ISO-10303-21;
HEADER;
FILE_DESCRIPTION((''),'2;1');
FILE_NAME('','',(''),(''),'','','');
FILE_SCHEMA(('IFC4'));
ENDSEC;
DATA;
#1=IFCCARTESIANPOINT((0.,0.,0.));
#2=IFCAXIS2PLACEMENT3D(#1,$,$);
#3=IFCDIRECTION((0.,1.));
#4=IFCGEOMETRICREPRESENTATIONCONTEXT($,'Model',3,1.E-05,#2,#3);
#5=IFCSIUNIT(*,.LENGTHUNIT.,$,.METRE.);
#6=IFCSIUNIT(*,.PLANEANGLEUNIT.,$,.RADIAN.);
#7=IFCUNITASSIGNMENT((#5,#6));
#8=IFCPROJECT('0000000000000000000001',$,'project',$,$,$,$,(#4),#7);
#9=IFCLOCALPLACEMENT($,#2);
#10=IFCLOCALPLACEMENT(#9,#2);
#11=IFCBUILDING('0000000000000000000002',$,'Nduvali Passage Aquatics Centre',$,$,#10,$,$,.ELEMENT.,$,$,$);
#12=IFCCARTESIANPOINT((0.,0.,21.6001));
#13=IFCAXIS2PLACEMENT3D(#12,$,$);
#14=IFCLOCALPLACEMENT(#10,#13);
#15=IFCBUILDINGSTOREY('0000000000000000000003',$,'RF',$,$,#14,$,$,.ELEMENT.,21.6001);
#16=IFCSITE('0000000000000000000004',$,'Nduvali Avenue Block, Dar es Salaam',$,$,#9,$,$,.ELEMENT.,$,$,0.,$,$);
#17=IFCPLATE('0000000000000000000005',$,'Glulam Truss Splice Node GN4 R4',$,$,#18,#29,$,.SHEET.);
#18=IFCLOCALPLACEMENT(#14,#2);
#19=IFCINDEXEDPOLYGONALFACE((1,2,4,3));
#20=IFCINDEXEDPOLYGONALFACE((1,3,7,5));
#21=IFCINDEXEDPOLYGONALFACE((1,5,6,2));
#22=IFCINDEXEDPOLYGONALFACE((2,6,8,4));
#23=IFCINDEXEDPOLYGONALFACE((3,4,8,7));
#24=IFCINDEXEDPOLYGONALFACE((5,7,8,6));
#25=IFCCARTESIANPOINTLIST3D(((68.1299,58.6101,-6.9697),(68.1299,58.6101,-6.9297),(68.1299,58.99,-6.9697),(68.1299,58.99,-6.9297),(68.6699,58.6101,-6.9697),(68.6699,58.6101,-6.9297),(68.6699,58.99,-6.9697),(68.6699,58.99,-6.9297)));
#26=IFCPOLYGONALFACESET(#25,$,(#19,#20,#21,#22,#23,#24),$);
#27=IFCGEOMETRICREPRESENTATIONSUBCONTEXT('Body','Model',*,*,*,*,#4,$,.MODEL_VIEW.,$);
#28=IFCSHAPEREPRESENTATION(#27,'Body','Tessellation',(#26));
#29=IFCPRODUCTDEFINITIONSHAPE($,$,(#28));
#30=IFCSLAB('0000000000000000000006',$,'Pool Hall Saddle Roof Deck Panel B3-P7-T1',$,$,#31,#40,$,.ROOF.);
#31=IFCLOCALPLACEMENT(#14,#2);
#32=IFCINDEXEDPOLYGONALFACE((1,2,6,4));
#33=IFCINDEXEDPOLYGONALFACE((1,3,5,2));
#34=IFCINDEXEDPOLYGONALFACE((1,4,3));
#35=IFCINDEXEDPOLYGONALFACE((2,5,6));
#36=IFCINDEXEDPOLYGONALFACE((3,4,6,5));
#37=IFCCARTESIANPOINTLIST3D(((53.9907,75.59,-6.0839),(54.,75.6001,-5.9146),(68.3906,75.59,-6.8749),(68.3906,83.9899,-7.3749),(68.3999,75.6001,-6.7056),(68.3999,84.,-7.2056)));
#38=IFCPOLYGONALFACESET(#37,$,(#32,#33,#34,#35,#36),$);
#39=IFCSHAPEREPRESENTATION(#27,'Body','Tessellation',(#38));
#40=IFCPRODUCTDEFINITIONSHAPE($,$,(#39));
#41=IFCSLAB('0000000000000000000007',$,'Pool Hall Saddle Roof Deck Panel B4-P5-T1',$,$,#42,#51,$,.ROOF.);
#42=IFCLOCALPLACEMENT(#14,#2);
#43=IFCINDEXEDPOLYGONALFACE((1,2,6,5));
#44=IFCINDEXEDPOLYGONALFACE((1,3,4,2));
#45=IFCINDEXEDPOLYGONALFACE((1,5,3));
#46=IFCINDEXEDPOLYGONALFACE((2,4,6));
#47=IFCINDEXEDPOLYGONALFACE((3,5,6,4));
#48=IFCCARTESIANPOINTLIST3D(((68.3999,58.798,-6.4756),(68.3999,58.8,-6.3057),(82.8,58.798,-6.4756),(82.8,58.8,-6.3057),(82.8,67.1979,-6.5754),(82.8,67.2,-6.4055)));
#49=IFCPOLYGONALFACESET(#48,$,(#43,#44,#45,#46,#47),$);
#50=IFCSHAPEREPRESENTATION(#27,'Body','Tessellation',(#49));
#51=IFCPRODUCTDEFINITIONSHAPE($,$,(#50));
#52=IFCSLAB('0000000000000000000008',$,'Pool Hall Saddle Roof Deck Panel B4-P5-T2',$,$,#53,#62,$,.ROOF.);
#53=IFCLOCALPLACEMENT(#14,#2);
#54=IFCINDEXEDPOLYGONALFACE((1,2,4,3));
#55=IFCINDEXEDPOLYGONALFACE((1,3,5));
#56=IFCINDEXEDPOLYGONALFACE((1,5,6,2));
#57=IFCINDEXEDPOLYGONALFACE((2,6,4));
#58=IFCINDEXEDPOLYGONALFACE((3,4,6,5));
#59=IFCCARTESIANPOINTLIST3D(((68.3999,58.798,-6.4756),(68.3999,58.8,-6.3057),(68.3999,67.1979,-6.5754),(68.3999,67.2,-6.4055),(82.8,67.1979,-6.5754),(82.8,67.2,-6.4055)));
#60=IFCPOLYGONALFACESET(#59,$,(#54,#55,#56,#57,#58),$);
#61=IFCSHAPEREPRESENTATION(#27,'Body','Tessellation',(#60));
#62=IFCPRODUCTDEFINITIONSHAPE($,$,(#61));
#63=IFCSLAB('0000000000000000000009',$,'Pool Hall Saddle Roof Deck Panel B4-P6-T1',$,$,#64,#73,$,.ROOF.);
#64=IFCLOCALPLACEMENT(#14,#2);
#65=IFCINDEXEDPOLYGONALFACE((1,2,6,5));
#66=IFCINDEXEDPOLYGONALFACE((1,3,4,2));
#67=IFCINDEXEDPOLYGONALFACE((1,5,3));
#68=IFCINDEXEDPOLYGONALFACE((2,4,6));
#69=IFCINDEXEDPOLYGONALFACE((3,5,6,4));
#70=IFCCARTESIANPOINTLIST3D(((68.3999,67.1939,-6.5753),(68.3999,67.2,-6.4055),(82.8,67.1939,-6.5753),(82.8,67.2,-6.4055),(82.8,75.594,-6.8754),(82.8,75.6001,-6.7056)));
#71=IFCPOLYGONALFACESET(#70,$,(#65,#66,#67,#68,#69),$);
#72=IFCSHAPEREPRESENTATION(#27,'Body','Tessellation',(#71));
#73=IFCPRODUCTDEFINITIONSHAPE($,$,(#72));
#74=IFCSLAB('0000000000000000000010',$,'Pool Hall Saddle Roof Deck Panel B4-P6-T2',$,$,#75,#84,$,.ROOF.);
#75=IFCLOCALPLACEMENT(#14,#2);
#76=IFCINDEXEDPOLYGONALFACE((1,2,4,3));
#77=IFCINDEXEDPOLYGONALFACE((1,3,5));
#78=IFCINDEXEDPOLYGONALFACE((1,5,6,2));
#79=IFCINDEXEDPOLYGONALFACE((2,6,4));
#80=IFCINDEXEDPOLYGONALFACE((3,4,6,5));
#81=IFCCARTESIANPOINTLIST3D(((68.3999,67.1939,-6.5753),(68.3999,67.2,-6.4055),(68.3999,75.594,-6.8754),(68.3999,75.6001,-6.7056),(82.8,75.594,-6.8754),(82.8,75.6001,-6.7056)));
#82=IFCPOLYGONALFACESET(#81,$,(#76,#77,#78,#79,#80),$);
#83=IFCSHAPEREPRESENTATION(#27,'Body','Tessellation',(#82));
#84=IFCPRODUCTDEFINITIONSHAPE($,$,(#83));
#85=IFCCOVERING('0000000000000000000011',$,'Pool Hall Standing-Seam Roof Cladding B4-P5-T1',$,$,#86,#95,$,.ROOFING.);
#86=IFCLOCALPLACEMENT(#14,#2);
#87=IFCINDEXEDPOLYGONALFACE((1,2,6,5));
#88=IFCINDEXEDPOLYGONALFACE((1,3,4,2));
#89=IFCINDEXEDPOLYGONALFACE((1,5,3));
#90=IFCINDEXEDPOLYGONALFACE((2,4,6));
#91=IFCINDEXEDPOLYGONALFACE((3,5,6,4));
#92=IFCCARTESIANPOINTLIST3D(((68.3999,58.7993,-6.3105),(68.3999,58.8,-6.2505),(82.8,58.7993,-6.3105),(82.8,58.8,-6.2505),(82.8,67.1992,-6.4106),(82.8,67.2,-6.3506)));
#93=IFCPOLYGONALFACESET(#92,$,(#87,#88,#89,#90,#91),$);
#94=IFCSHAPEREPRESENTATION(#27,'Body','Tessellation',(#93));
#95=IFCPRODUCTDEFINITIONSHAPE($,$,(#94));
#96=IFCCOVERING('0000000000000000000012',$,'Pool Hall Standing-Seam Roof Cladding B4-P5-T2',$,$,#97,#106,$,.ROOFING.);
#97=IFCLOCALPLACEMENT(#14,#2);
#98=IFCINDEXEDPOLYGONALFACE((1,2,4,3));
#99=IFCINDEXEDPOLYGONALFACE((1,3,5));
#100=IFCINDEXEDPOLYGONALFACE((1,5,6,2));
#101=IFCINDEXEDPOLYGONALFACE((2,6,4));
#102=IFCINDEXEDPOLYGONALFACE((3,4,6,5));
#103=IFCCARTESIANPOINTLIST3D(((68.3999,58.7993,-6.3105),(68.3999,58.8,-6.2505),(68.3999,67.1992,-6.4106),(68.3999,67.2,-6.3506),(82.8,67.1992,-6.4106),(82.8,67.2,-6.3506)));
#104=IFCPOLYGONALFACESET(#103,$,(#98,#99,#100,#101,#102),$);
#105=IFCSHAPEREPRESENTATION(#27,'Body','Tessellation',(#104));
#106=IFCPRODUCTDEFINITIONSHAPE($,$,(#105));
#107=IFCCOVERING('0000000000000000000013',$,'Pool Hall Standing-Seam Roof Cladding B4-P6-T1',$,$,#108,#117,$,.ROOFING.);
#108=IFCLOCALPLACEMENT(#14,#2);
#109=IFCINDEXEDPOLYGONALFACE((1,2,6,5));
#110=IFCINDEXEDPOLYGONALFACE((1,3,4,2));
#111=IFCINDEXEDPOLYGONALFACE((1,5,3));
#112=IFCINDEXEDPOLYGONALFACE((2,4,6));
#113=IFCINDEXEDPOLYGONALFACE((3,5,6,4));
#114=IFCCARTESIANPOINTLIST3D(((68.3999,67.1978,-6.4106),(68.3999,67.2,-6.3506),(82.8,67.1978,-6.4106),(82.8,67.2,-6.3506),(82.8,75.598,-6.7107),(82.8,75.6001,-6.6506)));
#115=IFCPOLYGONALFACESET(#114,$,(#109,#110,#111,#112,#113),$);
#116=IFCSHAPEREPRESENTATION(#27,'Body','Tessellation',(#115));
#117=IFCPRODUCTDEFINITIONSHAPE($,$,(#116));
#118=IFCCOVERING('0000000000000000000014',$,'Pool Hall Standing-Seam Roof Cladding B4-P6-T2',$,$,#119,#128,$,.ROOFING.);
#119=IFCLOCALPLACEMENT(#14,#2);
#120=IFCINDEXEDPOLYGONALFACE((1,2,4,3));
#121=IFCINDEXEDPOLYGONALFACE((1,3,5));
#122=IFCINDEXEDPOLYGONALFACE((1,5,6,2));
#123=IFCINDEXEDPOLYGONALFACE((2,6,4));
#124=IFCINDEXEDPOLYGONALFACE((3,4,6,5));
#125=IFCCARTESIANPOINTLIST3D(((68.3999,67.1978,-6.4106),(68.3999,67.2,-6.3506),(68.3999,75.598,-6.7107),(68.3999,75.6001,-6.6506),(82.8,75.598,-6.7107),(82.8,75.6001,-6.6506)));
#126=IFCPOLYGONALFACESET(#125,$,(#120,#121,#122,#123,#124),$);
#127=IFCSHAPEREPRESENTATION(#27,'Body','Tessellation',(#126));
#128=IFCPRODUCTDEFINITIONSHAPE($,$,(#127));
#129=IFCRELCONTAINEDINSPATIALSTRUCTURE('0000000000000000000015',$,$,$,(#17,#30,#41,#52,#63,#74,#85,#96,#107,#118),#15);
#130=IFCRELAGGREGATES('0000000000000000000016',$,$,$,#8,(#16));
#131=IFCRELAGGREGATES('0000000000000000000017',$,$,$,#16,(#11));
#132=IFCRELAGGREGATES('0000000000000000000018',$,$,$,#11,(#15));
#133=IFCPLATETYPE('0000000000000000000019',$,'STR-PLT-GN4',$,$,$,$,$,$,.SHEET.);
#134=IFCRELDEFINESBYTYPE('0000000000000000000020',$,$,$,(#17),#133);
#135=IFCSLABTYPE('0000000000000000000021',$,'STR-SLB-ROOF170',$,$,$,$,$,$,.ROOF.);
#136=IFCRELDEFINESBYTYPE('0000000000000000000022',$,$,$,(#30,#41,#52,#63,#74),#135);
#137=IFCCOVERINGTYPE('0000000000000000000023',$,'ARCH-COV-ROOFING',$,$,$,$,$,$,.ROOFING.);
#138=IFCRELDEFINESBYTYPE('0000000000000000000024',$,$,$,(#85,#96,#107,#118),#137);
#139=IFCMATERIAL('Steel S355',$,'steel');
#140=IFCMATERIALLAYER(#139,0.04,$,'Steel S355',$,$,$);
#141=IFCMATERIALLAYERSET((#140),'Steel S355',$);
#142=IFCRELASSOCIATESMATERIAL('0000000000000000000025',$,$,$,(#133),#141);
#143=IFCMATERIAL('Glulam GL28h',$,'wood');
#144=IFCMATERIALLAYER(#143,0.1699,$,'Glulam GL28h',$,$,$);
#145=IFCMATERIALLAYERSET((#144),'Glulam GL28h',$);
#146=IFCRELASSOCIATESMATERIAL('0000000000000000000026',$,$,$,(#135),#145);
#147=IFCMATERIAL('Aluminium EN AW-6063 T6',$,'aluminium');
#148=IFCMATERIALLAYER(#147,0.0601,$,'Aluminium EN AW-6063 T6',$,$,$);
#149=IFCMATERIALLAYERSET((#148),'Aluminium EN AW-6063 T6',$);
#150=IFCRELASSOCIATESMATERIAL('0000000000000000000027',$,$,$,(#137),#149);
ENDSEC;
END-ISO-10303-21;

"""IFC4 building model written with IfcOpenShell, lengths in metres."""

from ifc_helpers import new_model, si_unit, direction, frame, origin, origin_2d, place, context, subcontext, project, spatial, polyline, rectangle, outline, extrude, material, layer, layer_set, type_object, element, save


model = new_model("IFC4")

# Units and contexts
model_context = context("Model", 3, precision=1e-05, world=origin(), true_north=direction((0.0, 1.0)))
body_context = subcontext(model_context, "Body", "Model", "MODEL_VIEW")
ifc_project = project(units=[si_unit("LENGTHUNIT", "METRE"), si_unit("PLANEANGLEUNIT", "RADIAN")], contexts=[model_context])

# Site, building, storey
site_placement = place(None, origin())
site = spatial("IfcSite", under=ifc_project, at=site_placement, Name="Nduvali Avenue Block, Dar es Salaam", CompositionType="ELEMENT", RefElevation=0.0)
building_placement = place(site_placement, origin())
building = spatial("IfcBuilding", under=site, at=building_placement, Name="Nduvali Passage Aquatics Centre", CompositionType="ELEMENT")
storey_placement = place(building_placement, frame((0.0, 0.0, 21.6001)))
storey = spatial("IfcBuildingStorey", under=building, at=storey_placement, Name="RF", CompositionType="ELEMENT", Elevation=21.6001)

# Shared definitions
ifc_material_1 = material(Name="Steel S355", Category="steel")
ifc_material_2 = material(Name="Glulam GL28h", Category="wood")

# Plate
ifc_layer_1 = layer(ifc_material_1, 0.04, Name="Steel S355")
ifc_layer_set_1 = layer_set([ifc_layer_1], Name="Steel S355")
plate_type_1 = type_object("IfcPlateType", Name="STR-PLT-GN4", PredefinedType="SHEET", material=ifc_layer_set_1)
plate_placement = place(storey_placement, frame((68.3999, 58.8, -6.9697), z_axis=(0.0, 0.0, 1.0), x_axis=(1.0, 0.0, 0.0)))
element("IfcPlate", 1, at=plate_placement, inside=storey, type_object=plate_type_1, Name="Glulam Truss Splice Node GN4 R4", PredefinedType="SHEET", context=body_context, shape_type="SweptSolid", body=[
    extrude(rectangle(XDim=0.54, YDim=0.3799, at=origin_2d()), origin(), (0.0, 0.0, 1.0), 0.04),
])

# Slabs
ifc_layer_2 = layer(ifc_material_2, 0.1699, Name="Glulam GL28h")
ifc_layer_set_2 = layer_set([ifc_layer_2], Name="Glulam GL28h")
slab_type = type_object("IfcSlabType", Name="STR-SLB-ROOF170", PredefinedType="ROOF", material=ifc_layer_set_2)
slab_1_placement = place(storey_placement, frame((54.0, 75.6001, -5.9146), z_axis=(0.054753, 0.05933, 0.996736), x_axis=(0.998495, 0.0, -0.054849)))
element("IfcSlab", 2, at=slab_1_placement, inside=storey, type_object=slab_type, Name="Pool Hall Saddle Roof Deck Panel B3-P7-T1", PredefinedType="ROOF", context=body_context, shape_type="SweptSolid", body=[
    extrude(outline(polyline([(0.0, 0.0), (14.4216, 0.0), (14.449, 8.4147), (0.0, 0.0)])), origin(), (0.0, 0.0, -1.0), 0.1699),
])
slab_2_placement = place(storey_placement, frame((68.3999, 58.8, -6.3057), z_axis=(0.0, 0.011887, 0.999929), x_axis=(1.0, 0.0, 0.0)))
element("IfcSlab", 3, at=slab_2_placement, inside=storey, type_object=slab_type, Name="Pool Hall Saddle Roof Deck Panel B4-P5-T1", PredefinedType="ROOF", context=body_context, shape_type="SweptSolid", body=[
    extrude(outline(polyline([(0.0, 0.0), (14.4001, 0.0), (14.4001, 8.4005), (0.0, 0.0)])), origin(), (0.0, 0.0, -1.0), 0.1699),
])
slab_3_placement = place(storey_placement, frame((68.3999, 58.8, -6.3057), z_axis=(0.0, 0.011887, 0.999929), x_axis=(0.863768, 0.503854, -0.00599)))
element("IfcSlab", 4, at=slab_3_placement, inside=storey, type_object=slab_type, Name="Pool Hall Saddle Roof Deck Panel B4-P5-T2", PredefinedType="ROOF", context=body_context, shape_type="SweptSolid", body=[
    extrude(outline(polyline([(0.0, 0.0), (16.6713, 0.0), (4.2329, 7.2561), (0.0, 0.0)])), origin(), (0.0, 0.0, -1.0), 0.1699),
])
slab_4_placement = place(storey_placement, frame((68.3999, 67.2, -6.4055), z_axis=(0.0, 0.035697, 0.999363), x_axis=(1.0, 0.0, 0.0)))
element("IfcSlab", 5, at=slab_4_placement, inside=storey, type_object=slab_type, Name="Pool Hall Saddle Roof Deck Panel B4-P6-T1", PredefinedType="ROOF", context=body_context, shape_type="SweptSolid", body=[
    extrude(outline(polyline([(0.0, 0.0), (14.4001, 0.0), (14.4001, 8.4055), (0.0, 0.0)])), origin(), (0.0, 0.0, -1.0), 0.1699),
])
slab_5_placement = place(storey_placement, frame((68.3999, 67.2, -6.4055), z_axis=(0.0, 0.035697, 0.999363), x_axis=(0.863637, 0.503792, -0.017995)))
element("IfcSlab", 6, at=slab_5_placement, inside=storey, type_object=slab_type, Name="Pool Hall Saddle Roof Deck Panel B4-P6-T2", PredefinedType="ROOF", context=body_context, shape_type="SweptSolid", body=[
    extrude(outline(polyline([(0.0, 0.0), (16.6738, 0.0), (4.2373, 7.2593), (0.0, 0.0)])), origin(), (0.0, 0.0, -1.0), 0.1699),
])

# Coverings
ifc_material_3 = material(Name="Aluminium EN AW-6063 T6", Category="aluminium")
ifc_layer_3 = layer(ifc_material_3, 0.0601, Name="Aluminium EN AW-6063 T6")
ifc_layer_set_3 = layer_set([ifc_layer_3], Name="Aluminium EN AW-6063 T6")
covering_type = type_object("IfcCoveringType", Name="ARCH-COV-ROOFING", PredefinedType="ROOFING", material=ifc_layer_set_3)
covering_1_placement = place(storey_placement, frame((68.3999, 58.8, -6.2505), z_axis=(0.0, 0.011916, 0.999929), x_axis=(1.0, 0.0, 0.0)))
element("IfcCovering", 7, at=covering_1_placement, inside=storey, type_object=covering_type, Name="Pool Hall Standing-Seam Roof Cladding B4-P5-T1", PredefinedType="ROOFING", context=body_context, shape_type="SweptSolid", body=[
    extrude(outline(polyline([(0.0, 0.0), (14.4001, 0.0), (14.4001, 8.4005), (0.0, 0.0)])), origin(), (0.0, 0.0, -1.0), 0.0601),
])
covering_2_placement = place(storey_placement, frame((68.3999, 58.8, -6.2505), z_axis=(0.0, 0.011916, 0.999929), x_axis=(0.863768, 0.503854, -0.006004)))
element("IfcCovering", 8, at=covering_2_placement, inside=storey, type_object=covering_type, Name="Pool Hall Standing-Seam Roof Cladding B4-P5-T2", PredefinedType="ROOFING", context=body_context, shape_type="SweptSolid", body=[
    extrude(outline(polyline([(0.0, 0.0), (16.6713, 0.0), (4.2329, 7.2561), (0.0, 0.0)])), origin(), (0.0, 0.0, -1.0), 0.0601),
])
covering_3_placement = place(storey_placement, frame((68.3999, 67.2, -6.3506), z_axis=(0.0, 0.035697, 0.999363), x_axis=(1.0, 0.0, 0.0)))
element("IfcCovering", 9, at=covering_3_placement, inside=storey, type_object=covering_type, Name="Pool Hall Standing-Seam Roof Cladding B4-P6-T1", PredefinedType="ROOFING", context=body_context, shape_type="SweptSolid", body=[
    extrude(outline(polyline([(0.0, 0.0), (14.4001, 0.0), (14.4001, 8.4055), (0.0, 0.0)])), origin(), (0.0, 0.0, -1.0), 0.0601),
])
covering_4_placement = place(storey_placement, frame((68.3999, 67.2, -6.3506), z_axis=(0.0, 0.035697, 0.999363), x_axis=(0.863637, 0.503792, -0.017995)))
element("IfcCovering", 10, at=covering_4_placement, inside=storey, type_object=covering_type, Name="Pool Hall Standing-Seam Roof Cladding B4-P6-T2", PredefinedType="ROOFING", context=body_context, shape_type="SweptSolid", body=[
    extrude(outline(polyline([(0.0, 0.0), (16.6738, 0.0), (4.2373, 7.2593), (0.0, 0.0)])), origin(), (0.0, 0.0, -1.0), 0.0601),
])

save(model, "model.ifc")
